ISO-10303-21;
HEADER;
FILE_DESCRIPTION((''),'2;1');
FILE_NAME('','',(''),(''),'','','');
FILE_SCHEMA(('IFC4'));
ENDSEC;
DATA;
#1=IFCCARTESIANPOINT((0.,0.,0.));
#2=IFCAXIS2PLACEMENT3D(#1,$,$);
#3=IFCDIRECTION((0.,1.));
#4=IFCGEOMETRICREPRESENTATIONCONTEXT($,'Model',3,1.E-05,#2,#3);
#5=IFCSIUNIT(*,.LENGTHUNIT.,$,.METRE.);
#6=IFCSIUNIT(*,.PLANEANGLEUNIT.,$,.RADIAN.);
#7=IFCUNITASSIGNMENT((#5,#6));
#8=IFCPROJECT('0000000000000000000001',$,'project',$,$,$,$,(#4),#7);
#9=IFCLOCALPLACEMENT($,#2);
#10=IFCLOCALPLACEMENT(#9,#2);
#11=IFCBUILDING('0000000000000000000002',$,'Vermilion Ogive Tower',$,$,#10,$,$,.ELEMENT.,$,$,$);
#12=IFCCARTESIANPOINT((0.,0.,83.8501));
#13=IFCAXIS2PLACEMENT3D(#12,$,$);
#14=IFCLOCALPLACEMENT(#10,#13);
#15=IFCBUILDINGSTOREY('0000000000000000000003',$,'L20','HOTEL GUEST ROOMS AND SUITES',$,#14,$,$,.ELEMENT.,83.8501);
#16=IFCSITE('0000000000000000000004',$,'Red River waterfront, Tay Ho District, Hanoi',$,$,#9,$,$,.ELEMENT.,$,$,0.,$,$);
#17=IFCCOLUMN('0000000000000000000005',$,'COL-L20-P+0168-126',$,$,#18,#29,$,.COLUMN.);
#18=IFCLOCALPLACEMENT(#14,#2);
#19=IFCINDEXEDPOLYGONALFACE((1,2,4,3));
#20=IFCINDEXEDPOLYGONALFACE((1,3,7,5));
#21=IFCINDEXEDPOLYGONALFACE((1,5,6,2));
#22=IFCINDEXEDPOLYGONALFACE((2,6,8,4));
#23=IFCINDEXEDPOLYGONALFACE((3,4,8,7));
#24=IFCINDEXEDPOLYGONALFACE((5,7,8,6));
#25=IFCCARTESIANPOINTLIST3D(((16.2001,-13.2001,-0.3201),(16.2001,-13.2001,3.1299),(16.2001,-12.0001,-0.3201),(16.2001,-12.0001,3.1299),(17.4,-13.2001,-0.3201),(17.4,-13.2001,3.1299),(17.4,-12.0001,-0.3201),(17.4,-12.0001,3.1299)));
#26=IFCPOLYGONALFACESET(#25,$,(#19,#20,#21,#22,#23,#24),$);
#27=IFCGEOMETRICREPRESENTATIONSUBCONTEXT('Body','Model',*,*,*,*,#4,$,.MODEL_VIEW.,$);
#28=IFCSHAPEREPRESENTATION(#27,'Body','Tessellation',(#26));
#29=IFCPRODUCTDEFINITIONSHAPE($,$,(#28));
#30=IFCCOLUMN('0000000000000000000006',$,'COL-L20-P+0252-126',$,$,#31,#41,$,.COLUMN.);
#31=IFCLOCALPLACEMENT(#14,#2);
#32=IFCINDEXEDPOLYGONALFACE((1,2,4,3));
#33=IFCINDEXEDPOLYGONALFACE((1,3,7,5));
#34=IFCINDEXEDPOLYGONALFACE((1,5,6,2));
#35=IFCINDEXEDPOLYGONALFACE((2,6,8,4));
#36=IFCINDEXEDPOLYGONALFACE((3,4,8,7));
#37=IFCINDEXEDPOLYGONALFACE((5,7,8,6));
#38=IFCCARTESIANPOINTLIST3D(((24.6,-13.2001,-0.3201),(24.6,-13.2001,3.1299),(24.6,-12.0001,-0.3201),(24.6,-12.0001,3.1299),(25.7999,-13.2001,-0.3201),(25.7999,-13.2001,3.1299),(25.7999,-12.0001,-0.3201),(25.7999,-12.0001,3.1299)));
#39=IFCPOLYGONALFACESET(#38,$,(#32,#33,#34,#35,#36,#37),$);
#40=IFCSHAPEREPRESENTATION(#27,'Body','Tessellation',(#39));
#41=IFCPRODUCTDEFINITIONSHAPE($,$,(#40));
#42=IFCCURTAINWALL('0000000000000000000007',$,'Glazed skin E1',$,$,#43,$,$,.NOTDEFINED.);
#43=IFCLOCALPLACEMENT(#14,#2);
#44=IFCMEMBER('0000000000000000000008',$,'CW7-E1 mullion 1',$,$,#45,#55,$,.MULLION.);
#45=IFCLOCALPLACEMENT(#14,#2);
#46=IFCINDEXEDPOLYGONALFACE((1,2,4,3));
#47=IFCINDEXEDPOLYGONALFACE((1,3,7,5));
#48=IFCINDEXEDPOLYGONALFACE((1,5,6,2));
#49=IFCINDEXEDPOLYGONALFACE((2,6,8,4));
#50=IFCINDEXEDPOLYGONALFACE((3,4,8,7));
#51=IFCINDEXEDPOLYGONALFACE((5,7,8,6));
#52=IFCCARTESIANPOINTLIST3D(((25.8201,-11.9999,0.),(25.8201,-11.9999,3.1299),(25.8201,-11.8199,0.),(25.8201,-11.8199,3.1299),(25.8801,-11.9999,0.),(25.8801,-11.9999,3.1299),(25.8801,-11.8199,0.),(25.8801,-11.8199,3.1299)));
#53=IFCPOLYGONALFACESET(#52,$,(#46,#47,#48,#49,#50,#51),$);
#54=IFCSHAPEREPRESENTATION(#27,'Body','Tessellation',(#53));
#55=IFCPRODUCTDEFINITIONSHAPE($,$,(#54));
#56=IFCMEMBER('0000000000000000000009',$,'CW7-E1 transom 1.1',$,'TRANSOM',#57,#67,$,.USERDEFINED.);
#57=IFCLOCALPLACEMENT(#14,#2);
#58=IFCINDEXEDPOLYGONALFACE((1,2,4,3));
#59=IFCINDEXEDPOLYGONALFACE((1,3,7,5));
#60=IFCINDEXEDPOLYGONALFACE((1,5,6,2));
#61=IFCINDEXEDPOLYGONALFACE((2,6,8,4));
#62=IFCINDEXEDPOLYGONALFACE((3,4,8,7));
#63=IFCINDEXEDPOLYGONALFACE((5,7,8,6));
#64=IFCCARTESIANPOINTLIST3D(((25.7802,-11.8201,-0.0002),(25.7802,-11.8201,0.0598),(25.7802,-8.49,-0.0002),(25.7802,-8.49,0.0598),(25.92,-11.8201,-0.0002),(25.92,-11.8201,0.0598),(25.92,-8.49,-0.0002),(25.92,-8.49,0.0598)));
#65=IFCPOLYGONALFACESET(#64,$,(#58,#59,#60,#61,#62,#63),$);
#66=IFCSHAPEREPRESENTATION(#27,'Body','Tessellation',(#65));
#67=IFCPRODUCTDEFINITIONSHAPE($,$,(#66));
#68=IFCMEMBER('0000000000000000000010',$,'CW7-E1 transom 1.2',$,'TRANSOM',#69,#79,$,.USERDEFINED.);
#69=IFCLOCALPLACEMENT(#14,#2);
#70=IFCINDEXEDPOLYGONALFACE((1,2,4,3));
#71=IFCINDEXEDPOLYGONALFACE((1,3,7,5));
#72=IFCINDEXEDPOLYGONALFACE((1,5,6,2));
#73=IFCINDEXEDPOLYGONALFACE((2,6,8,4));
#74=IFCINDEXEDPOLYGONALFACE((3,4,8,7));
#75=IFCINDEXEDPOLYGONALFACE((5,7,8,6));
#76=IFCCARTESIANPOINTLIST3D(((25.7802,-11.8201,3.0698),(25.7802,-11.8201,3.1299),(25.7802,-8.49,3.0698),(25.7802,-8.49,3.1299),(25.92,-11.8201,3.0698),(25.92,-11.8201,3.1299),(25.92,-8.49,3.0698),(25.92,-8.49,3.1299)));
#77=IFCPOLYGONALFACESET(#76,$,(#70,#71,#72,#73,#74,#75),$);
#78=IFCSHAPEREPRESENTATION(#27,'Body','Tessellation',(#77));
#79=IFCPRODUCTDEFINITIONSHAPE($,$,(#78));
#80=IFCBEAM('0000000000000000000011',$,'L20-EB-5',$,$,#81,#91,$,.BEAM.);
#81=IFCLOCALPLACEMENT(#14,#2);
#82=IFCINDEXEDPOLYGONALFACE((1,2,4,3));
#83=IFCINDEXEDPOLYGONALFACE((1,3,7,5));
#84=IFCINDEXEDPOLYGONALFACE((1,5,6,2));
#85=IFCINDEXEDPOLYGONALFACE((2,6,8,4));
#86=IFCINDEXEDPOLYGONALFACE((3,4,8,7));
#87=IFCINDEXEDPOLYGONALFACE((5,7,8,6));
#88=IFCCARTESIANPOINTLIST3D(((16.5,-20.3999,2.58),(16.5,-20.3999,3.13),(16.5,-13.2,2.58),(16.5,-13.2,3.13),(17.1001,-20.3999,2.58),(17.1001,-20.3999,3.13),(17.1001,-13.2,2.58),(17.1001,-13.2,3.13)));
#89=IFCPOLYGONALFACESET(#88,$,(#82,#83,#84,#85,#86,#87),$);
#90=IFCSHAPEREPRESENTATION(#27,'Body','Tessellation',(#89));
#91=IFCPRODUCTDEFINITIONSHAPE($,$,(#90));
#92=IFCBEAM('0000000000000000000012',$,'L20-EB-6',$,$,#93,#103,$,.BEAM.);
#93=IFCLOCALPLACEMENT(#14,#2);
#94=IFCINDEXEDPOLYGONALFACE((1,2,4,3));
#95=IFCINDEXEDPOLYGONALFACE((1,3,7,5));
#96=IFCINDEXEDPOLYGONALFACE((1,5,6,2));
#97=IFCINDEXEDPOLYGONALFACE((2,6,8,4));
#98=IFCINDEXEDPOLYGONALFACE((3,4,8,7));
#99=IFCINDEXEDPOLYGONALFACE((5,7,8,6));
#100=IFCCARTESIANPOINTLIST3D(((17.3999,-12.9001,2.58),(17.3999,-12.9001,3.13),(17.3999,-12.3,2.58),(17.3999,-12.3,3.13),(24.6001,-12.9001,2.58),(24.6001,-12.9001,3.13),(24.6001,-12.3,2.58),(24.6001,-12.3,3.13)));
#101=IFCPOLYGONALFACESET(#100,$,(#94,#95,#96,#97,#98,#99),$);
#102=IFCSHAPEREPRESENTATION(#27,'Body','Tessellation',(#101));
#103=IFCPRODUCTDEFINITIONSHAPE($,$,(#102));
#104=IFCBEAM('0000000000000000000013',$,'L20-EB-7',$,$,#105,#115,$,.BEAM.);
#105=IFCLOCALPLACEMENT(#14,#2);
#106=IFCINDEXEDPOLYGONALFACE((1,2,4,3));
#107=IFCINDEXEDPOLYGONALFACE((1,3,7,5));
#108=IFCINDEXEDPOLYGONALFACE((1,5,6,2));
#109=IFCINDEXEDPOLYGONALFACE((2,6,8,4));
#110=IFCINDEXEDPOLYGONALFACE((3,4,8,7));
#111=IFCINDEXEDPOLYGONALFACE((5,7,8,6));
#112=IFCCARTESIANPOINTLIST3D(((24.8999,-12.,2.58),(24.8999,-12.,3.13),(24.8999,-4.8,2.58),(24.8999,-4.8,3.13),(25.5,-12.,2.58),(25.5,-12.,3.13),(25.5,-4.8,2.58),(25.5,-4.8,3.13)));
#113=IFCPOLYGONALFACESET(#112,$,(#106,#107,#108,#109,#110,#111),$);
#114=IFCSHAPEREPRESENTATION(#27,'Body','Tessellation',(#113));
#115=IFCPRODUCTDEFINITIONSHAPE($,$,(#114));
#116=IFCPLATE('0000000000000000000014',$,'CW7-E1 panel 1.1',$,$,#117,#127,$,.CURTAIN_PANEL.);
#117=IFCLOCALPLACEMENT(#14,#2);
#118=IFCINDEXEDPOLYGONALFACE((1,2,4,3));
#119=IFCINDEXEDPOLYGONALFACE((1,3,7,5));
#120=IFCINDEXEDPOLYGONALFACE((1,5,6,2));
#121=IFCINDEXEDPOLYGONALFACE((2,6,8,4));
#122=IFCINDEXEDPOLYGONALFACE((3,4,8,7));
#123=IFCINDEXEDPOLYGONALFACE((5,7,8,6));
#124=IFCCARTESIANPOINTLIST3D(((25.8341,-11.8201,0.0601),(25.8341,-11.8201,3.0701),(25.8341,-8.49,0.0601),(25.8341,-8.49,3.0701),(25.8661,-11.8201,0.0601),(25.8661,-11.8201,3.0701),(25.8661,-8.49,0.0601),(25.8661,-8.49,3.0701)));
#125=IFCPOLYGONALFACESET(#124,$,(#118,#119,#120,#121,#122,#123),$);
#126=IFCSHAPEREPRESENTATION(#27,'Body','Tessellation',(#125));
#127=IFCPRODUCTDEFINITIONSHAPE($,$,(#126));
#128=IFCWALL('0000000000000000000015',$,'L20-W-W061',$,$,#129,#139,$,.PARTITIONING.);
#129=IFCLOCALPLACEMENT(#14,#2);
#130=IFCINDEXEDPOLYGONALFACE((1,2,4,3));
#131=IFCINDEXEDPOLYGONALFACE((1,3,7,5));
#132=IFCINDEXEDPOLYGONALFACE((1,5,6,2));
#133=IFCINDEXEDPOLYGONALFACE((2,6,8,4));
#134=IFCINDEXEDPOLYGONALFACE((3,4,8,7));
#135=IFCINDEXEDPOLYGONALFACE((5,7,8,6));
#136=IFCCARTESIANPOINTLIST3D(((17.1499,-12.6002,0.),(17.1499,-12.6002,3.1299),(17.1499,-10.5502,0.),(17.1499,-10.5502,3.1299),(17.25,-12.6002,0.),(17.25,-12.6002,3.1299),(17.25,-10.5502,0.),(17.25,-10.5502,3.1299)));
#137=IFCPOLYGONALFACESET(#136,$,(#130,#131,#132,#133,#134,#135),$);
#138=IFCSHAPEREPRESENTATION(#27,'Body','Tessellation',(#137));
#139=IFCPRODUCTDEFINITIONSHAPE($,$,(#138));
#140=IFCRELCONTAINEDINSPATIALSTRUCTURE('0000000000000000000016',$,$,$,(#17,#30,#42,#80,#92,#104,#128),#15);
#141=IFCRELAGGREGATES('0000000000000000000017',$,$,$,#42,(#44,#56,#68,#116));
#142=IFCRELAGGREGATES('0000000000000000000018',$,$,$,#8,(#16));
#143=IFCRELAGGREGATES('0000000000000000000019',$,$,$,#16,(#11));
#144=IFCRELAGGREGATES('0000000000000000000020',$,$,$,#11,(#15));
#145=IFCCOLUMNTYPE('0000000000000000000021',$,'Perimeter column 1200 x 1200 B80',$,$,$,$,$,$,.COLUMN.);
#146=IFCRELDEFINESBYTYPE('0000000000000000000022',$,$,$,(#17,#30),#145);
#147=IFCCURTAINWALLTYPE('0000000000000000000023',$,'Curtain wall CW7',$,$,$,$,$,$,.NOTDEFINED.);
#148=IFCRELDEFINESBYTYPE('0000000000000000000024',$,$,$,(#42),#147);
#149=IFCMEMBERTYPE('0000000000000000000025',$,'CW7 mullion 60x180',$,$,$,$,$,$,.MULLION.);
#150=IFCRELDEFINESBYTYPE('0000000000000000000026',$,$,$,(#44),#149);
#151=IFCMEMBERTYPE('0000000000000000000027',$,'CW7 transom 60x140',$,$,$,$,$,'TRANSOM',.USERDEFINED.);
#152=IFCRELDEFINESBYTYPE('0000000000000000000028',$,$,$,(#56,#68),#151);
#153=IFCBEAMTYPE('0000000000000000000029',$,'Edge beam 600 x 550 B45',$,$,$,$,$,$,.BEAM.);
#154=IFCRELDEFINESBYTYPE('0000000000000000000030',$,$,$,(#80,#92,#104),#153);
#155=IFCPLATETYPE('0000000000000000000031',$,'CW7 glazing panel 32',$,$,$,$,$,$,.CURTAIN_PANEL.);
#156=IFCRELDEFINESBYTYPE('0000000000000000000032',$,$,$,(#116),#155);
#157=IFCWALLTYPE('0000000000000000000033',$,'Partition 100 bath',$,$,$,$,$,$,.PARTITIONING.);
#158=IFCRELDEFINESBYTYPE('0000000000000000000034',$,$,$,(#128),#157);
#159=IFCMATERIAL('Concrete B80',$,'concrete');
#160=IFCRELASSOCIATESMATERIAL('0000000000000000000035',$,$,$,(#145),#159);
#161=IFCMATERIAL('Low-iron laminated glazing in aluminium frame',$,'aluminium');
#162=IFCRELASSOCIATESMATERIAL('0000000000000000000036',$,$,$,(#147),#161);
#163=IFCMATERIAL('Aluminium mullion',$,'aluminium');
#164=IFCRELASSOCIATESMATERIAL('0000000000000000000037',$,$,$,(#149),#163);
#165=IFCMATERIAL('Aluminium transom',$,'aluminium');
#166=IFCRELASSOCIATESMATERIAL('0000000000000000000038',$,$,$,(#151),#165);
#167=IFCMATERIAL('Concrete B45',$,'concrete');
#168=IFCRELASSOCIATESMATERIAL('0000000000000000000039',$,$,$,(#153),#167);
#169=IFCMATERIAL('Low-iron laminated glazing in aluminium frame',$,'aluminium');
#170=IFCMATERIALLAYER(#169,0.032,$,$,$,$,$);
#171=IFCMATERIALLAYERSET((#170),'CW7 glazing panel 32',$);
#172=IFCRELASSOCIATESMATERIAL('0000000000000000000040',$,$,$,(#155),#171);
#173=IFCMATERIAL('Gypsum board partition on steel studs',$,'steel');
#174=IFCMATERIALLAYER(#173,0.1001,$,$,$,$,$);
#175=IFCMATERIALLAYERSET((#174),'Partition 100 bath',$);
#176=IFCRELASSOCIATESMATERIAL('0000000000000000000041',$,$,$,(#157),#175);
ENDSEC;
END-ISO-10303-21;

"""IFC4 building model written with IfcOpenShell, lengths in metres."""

from ifc_helpers import new_model, si_unit, direction, frame, frame_2d, origin, origin_2d, place, context, subcontext, project, spatial, rectangle, extrude, material, layer, layer_set, material_profile, profile_set, type_object, element, aggregate, save


model = new_model("IFC4")

# Units and contexts
model_context = context("Model", 3, precision=1e-05, world=origin(), true_north=direction((0.0, 1.0)))
body_context = subcontext(model_context, "Body", "Model", "MODEL_VIEW")
ifc_project = project(units=[si_unit("LENGTHUNIT", "METRE"), si_unit("PLANEANGLEUNIT", "RADIAN")], contexts=[model_context])

# Site, building, storey
site_placement = place(None, origin())
site = spatial("IfcSite", under=ifc_project, at=site_placement, Name="Red River waterfront, Tay Ho District, Hanoi", CompositionType="ELEMENT", RefElevation=0.0)
building_placement = place(site_placement, origin())
building = spatial("IfcBuilding", under=site, at=building_placement, Name="Vermilion Ogive Tower", CompositionType="ELEMENT")
storey_placement = place(building_placement, frame((0.0, 0.0, 83.8501)))
storey = spatial("IfcBuildingStorey", under=building, at=storey_placement, Name="L20", Description="HOTEL GUEST ROOMS AND SUITES", CompositionType="ELEMENT", Elevation=83.8501)

# Columns
ifc_material_1 = material(Name="Concrete B80", Category="concrete")
ifc_material_profile_1 = material_profile(ifc_material_1, rectangle(XDim=1.2, YDim=1.2, at=origin_2d()), Name="1200 x 1200")
ifc_profile_set_1 = profile_set([ifc_material_profile_1], Name="Concrete B80")
column_type = type_object("IfcColumnType", Name="Perimeter column 1200 x 1200 B80", PredefinedType="COLUMN", material=ifc_profile_set_1)
for number, where, z_axis, x_axis, name in (
    (1, (16.8, -12.6001, -0.3201), (0.0, 0.0, 1.0), (1.0, 0.0, 0.0), "COL-L20-P+0168-126"),
    (2, (25.2, -12.6001, -0.3201), (0.0, 0.0, 1.0), (1.0, 0.0, 0.0), "COL-L20-P+0252-126"),
):
    element("IfcColumn", number, at=place(storey_placement, frame(where, z_axis=z_axis, x_axis=x_axis)), inside=storey, type_object=column_type, Name=name, PredefinedType="COLUMN", context=body_context, shape_type="SweptSolid", body=[
        extrude(rectangle(XDim=1.2, YDim=1.2, at=origin_2d()), origin(), (0.0, 0.0, 1.0), 3.45),
    ])

# Curtain wall, members
ifc_material_2 = material(Name="Low-iron laminated glazing in aluminium frame", Category="aluminium")
curtain_wall_type = type_object("IfcCurtainWallType", Name="Curtain wall CW7", PredefinedType="NOTDEFINED", material=ifc_material_2)
curtain_wall_placement = place(storey_placement, origin())
curtain_wall = element("IfcCurtainWall", 3, at=curtain_wall_placement, inside=storey, type_object=curtain_wall_type, Name="Glazed skin E1", PredefinedType="NOTDEFINED")
ifc_material_3 = material(Name="Aluminium mullion", Category="aluminium")
ifc_material_profile_2 = material_profile(ifc_material_3, rectangle(XDim=0.0601, YDim=0.1799, at=origin_2d()), Name="AL 60x180")
ifc_profile_set_2 = profile_set([ifc_material_profile_2], Name="Aluminium mullion")
member_type_1 = type_object("IfcMemberType", Name="CW7 mullion 60x180", PredefinedType="MULLION", material=ifc_profile_set_2)
member_1_placement = place(storey_placement, frame((25.8501, -11.9099, 0.0), z_axis=(0.0, 0.0, 1.0), x_axis=(-1.0, 0.0, 0.0)))
member_1 = element("IfcMember", 4, at=member_1_placement, type_object=member_type_1, Name="CW7-E1 mullion 1", PredefinedType="MULLION", context=body_context, shape_type="SweptSolid", body=[
    extrude(rectangle(XDim=0.0601, YDim=0.1799, at=origin_2d()), origin(), (0.0, 0.0, 1.0), 3.1299),
])
ifc_material_4 = material(Name="Aluminium transom", Category="aluminium")
ifc_material_profile_3 = material_profile(ifc_material_4, rectangle(XDim=0.1399, YDim=0.0601, at=origin_2d()), Name="AL 60x140")
ifc_profile_set_3 = profile_set([ifc_material_profile_3], Name="Aluminium transom")
member_type_2 = type_object("IfcMemberType", Name="CW7 transom 60x140", ElementType="TRANSOM", PredefinedType="USERDEFINED", material=ifc_profile_set_3)
member_2_placement = place(storey_placement, frame((25.8501, -11.8201, 0.0298), z_axis=(0.0, 1.0, 0.0), x_axis=(-1.0, 0.0, 0.0)))
member_2 = element("IfcMember", 5, at=member_2_placement, type_object=member_type_2, Name="CW7-E1 transom 1.1", ObjectType="TRANSOM", PredefinedType="USERDEFINED", context=body_context, shape_type="SweptSolid", body=[
    extrude(rectangle(XDim=0.1399, YDim=0.0601, at=origin_2d()), origin(), (0.0, 0.0, 1.0), 3.3301),
])
member_3_placement = place(storey_placement, frame((25.8501, -11.8201, 3.0999), z_axis=(0.0, 1.0, 0.0), x_axis=(-1.0, 0.0, 0.0)))
member_3 = element("IfcMember", 6, at=member_3_placement, type_object=member_type_2, Name="CW7-E1 transom 1.2", ObjectType="TRANSOM", PredefinedType="USERDEFINED", context=body_context, shape_type="SweptSolid", body=[
    extrude(rectangle(XDim=0.1399, YDim=0.0601, at=origin_2d()), origin(), (0.0, 0.0, 1.0), 3.3301),
])

# Beams
ifc_material_5 = material(Name="Concrete B45", Category="concrete")
ifc_material_profile_4 = material_profile(ifc_material_5, rectangle(XDim=0.6001, YDim=0.55, at=origin_2d()), Name="600 x 550")
ifc_profile_set_4 = profile_set([ifc_material_profile_4], Name="Concrete B45")
beam_type = type_object("IfcBeamType", Name="Edge beam 600 x 550 B45", PredefinedType="BEAM", material=ifc_profile_set_4)
beam_1_placement = place(storey_placement, frame((16.8, -20.3999, 2.855), z_axis=(0.0, 1.0, 0.0), x_axis=(-1.0, 0.0, 0.0)))
element("IfcBeam", 7, at=beam_1_placement, inside=storey, type_object=beam_type, Name="L20-EB-5", PredefinedType="BEAM", context=body_context, shape_type="SweptSolid", body=[
    extrude(rectangle(XDim=0.6001, YDim=0.55, at=origin_2d()), origin(), (0.0, 0.0, 1.0), 7.2),
])
beam_2_placement = place(storey_placement, frame((17.3999, -12.6001, 2.855), z_axis=(1.0, 0.0, 0.0), x_axis=(0.0, 1.0, 0.0)))
element("IfcBeam", 8, at=beam_2_placement, inside=storey, type_object=beam_type, Name="L20-EB-6", PredefinedType="BEAM", context=body_context, shape_type="SweptSolid", body=[
    extrude(rectangle(XDim=0.6001, YDim=0.55, at=origin_2d()), origin(), (0.0, 0.0, 1.0), 7.2002),
])
beam_3_placement = place(storey_placement, frame((25.2, -12.0, 2.855), z_axis=(0.0, 1.0, 0.0), x_axis=(-1.0, 0.0, 0.0)))
element("IfcBeam", 9, at=beam_3_placement, inside=storey, type_object=beam_type, Name="L20-EB-7", PredefinedType="BEAM", context=body_context, shape_type="SweptSolid", body=[
    extrude(rectangle(XDim=0.6001, YDim=0.55, at=origin_2d()), origin(), (0.0, 0.0, 1.0), 7.2),
])

# Plate
ifc_material_6 = material(Name="Low-iron laminated glazing in aluminium frame", Category="aluminium")
ifc_layer_1 = layer(ifc_material_6, 0.032)
ifc_layer_set_1 = layer_set([ifc_layer_1], Name="CW7 glazing panel 32")
plate_type = type_object("IfcPlateType", Name="CW7 glazing panel 32", PredefinedType="CURTAIN_PANEL", material=ifc_layer_set_1)
plate_placement = place(storey_placement, frame((25.8501, -10.155, 0.0601), z_axis=(0.0, 0.0, 1.0), x_axis=(0.0, 1.0, 0.0)))
plate = element("IfcPlate", 10, at=plate_placement, type_object=plate_type, Name="CW7-E1 panel 1.1", PredefinedType="CURTAIN_PANEL", context=body_context, shape_type="SweptSolid", body=[
    extrude(rectangle(XDim=3.3301, YDim=0.032, at=origin_2d()), origin(), (0.0, 0.0, 1.0), 3.01),
])
aggregate(curtain_wall, [member_1, member_2, member_3, plate])

# Wall
ifc_material_7 = material(Name="Gypsum board partition on steel studs", Category="steel")
ifc_layer_2 = layer(ifc_material_7, 0.1001)
ifc_layer_set_2 = layer_set([ifc_layer_2], Name="Partition 100 bath")
wall_type_1 = type_object("IfcWallType", Name="Partition 100 bath", PredefinedType="PARTITIONING", material=ifc_layer_set_2)
wall_1_placement = place(storey_placement, frame((17.2, -12.6001, 0.0), z_axis=(0.0, 0.0, 1.0), x_axis=(0.0, 1.0, 0.0)))
element("IfcWall", 11, at=wall_1_placement, inside=storey, type_object=wall_type_1, Name="L20-W-W061", PredefinedType="PARTITIONING", context=body_context, shape_type="SweptSolid", body=[
    extrude(rectangle(XDim=2.05, YDim=0.1001, at=frame_2d((1.0249, 0.0))), origin(), (0.0, 0.0, 1.0), 3.1299),
])

save(model, "model.ifc")
